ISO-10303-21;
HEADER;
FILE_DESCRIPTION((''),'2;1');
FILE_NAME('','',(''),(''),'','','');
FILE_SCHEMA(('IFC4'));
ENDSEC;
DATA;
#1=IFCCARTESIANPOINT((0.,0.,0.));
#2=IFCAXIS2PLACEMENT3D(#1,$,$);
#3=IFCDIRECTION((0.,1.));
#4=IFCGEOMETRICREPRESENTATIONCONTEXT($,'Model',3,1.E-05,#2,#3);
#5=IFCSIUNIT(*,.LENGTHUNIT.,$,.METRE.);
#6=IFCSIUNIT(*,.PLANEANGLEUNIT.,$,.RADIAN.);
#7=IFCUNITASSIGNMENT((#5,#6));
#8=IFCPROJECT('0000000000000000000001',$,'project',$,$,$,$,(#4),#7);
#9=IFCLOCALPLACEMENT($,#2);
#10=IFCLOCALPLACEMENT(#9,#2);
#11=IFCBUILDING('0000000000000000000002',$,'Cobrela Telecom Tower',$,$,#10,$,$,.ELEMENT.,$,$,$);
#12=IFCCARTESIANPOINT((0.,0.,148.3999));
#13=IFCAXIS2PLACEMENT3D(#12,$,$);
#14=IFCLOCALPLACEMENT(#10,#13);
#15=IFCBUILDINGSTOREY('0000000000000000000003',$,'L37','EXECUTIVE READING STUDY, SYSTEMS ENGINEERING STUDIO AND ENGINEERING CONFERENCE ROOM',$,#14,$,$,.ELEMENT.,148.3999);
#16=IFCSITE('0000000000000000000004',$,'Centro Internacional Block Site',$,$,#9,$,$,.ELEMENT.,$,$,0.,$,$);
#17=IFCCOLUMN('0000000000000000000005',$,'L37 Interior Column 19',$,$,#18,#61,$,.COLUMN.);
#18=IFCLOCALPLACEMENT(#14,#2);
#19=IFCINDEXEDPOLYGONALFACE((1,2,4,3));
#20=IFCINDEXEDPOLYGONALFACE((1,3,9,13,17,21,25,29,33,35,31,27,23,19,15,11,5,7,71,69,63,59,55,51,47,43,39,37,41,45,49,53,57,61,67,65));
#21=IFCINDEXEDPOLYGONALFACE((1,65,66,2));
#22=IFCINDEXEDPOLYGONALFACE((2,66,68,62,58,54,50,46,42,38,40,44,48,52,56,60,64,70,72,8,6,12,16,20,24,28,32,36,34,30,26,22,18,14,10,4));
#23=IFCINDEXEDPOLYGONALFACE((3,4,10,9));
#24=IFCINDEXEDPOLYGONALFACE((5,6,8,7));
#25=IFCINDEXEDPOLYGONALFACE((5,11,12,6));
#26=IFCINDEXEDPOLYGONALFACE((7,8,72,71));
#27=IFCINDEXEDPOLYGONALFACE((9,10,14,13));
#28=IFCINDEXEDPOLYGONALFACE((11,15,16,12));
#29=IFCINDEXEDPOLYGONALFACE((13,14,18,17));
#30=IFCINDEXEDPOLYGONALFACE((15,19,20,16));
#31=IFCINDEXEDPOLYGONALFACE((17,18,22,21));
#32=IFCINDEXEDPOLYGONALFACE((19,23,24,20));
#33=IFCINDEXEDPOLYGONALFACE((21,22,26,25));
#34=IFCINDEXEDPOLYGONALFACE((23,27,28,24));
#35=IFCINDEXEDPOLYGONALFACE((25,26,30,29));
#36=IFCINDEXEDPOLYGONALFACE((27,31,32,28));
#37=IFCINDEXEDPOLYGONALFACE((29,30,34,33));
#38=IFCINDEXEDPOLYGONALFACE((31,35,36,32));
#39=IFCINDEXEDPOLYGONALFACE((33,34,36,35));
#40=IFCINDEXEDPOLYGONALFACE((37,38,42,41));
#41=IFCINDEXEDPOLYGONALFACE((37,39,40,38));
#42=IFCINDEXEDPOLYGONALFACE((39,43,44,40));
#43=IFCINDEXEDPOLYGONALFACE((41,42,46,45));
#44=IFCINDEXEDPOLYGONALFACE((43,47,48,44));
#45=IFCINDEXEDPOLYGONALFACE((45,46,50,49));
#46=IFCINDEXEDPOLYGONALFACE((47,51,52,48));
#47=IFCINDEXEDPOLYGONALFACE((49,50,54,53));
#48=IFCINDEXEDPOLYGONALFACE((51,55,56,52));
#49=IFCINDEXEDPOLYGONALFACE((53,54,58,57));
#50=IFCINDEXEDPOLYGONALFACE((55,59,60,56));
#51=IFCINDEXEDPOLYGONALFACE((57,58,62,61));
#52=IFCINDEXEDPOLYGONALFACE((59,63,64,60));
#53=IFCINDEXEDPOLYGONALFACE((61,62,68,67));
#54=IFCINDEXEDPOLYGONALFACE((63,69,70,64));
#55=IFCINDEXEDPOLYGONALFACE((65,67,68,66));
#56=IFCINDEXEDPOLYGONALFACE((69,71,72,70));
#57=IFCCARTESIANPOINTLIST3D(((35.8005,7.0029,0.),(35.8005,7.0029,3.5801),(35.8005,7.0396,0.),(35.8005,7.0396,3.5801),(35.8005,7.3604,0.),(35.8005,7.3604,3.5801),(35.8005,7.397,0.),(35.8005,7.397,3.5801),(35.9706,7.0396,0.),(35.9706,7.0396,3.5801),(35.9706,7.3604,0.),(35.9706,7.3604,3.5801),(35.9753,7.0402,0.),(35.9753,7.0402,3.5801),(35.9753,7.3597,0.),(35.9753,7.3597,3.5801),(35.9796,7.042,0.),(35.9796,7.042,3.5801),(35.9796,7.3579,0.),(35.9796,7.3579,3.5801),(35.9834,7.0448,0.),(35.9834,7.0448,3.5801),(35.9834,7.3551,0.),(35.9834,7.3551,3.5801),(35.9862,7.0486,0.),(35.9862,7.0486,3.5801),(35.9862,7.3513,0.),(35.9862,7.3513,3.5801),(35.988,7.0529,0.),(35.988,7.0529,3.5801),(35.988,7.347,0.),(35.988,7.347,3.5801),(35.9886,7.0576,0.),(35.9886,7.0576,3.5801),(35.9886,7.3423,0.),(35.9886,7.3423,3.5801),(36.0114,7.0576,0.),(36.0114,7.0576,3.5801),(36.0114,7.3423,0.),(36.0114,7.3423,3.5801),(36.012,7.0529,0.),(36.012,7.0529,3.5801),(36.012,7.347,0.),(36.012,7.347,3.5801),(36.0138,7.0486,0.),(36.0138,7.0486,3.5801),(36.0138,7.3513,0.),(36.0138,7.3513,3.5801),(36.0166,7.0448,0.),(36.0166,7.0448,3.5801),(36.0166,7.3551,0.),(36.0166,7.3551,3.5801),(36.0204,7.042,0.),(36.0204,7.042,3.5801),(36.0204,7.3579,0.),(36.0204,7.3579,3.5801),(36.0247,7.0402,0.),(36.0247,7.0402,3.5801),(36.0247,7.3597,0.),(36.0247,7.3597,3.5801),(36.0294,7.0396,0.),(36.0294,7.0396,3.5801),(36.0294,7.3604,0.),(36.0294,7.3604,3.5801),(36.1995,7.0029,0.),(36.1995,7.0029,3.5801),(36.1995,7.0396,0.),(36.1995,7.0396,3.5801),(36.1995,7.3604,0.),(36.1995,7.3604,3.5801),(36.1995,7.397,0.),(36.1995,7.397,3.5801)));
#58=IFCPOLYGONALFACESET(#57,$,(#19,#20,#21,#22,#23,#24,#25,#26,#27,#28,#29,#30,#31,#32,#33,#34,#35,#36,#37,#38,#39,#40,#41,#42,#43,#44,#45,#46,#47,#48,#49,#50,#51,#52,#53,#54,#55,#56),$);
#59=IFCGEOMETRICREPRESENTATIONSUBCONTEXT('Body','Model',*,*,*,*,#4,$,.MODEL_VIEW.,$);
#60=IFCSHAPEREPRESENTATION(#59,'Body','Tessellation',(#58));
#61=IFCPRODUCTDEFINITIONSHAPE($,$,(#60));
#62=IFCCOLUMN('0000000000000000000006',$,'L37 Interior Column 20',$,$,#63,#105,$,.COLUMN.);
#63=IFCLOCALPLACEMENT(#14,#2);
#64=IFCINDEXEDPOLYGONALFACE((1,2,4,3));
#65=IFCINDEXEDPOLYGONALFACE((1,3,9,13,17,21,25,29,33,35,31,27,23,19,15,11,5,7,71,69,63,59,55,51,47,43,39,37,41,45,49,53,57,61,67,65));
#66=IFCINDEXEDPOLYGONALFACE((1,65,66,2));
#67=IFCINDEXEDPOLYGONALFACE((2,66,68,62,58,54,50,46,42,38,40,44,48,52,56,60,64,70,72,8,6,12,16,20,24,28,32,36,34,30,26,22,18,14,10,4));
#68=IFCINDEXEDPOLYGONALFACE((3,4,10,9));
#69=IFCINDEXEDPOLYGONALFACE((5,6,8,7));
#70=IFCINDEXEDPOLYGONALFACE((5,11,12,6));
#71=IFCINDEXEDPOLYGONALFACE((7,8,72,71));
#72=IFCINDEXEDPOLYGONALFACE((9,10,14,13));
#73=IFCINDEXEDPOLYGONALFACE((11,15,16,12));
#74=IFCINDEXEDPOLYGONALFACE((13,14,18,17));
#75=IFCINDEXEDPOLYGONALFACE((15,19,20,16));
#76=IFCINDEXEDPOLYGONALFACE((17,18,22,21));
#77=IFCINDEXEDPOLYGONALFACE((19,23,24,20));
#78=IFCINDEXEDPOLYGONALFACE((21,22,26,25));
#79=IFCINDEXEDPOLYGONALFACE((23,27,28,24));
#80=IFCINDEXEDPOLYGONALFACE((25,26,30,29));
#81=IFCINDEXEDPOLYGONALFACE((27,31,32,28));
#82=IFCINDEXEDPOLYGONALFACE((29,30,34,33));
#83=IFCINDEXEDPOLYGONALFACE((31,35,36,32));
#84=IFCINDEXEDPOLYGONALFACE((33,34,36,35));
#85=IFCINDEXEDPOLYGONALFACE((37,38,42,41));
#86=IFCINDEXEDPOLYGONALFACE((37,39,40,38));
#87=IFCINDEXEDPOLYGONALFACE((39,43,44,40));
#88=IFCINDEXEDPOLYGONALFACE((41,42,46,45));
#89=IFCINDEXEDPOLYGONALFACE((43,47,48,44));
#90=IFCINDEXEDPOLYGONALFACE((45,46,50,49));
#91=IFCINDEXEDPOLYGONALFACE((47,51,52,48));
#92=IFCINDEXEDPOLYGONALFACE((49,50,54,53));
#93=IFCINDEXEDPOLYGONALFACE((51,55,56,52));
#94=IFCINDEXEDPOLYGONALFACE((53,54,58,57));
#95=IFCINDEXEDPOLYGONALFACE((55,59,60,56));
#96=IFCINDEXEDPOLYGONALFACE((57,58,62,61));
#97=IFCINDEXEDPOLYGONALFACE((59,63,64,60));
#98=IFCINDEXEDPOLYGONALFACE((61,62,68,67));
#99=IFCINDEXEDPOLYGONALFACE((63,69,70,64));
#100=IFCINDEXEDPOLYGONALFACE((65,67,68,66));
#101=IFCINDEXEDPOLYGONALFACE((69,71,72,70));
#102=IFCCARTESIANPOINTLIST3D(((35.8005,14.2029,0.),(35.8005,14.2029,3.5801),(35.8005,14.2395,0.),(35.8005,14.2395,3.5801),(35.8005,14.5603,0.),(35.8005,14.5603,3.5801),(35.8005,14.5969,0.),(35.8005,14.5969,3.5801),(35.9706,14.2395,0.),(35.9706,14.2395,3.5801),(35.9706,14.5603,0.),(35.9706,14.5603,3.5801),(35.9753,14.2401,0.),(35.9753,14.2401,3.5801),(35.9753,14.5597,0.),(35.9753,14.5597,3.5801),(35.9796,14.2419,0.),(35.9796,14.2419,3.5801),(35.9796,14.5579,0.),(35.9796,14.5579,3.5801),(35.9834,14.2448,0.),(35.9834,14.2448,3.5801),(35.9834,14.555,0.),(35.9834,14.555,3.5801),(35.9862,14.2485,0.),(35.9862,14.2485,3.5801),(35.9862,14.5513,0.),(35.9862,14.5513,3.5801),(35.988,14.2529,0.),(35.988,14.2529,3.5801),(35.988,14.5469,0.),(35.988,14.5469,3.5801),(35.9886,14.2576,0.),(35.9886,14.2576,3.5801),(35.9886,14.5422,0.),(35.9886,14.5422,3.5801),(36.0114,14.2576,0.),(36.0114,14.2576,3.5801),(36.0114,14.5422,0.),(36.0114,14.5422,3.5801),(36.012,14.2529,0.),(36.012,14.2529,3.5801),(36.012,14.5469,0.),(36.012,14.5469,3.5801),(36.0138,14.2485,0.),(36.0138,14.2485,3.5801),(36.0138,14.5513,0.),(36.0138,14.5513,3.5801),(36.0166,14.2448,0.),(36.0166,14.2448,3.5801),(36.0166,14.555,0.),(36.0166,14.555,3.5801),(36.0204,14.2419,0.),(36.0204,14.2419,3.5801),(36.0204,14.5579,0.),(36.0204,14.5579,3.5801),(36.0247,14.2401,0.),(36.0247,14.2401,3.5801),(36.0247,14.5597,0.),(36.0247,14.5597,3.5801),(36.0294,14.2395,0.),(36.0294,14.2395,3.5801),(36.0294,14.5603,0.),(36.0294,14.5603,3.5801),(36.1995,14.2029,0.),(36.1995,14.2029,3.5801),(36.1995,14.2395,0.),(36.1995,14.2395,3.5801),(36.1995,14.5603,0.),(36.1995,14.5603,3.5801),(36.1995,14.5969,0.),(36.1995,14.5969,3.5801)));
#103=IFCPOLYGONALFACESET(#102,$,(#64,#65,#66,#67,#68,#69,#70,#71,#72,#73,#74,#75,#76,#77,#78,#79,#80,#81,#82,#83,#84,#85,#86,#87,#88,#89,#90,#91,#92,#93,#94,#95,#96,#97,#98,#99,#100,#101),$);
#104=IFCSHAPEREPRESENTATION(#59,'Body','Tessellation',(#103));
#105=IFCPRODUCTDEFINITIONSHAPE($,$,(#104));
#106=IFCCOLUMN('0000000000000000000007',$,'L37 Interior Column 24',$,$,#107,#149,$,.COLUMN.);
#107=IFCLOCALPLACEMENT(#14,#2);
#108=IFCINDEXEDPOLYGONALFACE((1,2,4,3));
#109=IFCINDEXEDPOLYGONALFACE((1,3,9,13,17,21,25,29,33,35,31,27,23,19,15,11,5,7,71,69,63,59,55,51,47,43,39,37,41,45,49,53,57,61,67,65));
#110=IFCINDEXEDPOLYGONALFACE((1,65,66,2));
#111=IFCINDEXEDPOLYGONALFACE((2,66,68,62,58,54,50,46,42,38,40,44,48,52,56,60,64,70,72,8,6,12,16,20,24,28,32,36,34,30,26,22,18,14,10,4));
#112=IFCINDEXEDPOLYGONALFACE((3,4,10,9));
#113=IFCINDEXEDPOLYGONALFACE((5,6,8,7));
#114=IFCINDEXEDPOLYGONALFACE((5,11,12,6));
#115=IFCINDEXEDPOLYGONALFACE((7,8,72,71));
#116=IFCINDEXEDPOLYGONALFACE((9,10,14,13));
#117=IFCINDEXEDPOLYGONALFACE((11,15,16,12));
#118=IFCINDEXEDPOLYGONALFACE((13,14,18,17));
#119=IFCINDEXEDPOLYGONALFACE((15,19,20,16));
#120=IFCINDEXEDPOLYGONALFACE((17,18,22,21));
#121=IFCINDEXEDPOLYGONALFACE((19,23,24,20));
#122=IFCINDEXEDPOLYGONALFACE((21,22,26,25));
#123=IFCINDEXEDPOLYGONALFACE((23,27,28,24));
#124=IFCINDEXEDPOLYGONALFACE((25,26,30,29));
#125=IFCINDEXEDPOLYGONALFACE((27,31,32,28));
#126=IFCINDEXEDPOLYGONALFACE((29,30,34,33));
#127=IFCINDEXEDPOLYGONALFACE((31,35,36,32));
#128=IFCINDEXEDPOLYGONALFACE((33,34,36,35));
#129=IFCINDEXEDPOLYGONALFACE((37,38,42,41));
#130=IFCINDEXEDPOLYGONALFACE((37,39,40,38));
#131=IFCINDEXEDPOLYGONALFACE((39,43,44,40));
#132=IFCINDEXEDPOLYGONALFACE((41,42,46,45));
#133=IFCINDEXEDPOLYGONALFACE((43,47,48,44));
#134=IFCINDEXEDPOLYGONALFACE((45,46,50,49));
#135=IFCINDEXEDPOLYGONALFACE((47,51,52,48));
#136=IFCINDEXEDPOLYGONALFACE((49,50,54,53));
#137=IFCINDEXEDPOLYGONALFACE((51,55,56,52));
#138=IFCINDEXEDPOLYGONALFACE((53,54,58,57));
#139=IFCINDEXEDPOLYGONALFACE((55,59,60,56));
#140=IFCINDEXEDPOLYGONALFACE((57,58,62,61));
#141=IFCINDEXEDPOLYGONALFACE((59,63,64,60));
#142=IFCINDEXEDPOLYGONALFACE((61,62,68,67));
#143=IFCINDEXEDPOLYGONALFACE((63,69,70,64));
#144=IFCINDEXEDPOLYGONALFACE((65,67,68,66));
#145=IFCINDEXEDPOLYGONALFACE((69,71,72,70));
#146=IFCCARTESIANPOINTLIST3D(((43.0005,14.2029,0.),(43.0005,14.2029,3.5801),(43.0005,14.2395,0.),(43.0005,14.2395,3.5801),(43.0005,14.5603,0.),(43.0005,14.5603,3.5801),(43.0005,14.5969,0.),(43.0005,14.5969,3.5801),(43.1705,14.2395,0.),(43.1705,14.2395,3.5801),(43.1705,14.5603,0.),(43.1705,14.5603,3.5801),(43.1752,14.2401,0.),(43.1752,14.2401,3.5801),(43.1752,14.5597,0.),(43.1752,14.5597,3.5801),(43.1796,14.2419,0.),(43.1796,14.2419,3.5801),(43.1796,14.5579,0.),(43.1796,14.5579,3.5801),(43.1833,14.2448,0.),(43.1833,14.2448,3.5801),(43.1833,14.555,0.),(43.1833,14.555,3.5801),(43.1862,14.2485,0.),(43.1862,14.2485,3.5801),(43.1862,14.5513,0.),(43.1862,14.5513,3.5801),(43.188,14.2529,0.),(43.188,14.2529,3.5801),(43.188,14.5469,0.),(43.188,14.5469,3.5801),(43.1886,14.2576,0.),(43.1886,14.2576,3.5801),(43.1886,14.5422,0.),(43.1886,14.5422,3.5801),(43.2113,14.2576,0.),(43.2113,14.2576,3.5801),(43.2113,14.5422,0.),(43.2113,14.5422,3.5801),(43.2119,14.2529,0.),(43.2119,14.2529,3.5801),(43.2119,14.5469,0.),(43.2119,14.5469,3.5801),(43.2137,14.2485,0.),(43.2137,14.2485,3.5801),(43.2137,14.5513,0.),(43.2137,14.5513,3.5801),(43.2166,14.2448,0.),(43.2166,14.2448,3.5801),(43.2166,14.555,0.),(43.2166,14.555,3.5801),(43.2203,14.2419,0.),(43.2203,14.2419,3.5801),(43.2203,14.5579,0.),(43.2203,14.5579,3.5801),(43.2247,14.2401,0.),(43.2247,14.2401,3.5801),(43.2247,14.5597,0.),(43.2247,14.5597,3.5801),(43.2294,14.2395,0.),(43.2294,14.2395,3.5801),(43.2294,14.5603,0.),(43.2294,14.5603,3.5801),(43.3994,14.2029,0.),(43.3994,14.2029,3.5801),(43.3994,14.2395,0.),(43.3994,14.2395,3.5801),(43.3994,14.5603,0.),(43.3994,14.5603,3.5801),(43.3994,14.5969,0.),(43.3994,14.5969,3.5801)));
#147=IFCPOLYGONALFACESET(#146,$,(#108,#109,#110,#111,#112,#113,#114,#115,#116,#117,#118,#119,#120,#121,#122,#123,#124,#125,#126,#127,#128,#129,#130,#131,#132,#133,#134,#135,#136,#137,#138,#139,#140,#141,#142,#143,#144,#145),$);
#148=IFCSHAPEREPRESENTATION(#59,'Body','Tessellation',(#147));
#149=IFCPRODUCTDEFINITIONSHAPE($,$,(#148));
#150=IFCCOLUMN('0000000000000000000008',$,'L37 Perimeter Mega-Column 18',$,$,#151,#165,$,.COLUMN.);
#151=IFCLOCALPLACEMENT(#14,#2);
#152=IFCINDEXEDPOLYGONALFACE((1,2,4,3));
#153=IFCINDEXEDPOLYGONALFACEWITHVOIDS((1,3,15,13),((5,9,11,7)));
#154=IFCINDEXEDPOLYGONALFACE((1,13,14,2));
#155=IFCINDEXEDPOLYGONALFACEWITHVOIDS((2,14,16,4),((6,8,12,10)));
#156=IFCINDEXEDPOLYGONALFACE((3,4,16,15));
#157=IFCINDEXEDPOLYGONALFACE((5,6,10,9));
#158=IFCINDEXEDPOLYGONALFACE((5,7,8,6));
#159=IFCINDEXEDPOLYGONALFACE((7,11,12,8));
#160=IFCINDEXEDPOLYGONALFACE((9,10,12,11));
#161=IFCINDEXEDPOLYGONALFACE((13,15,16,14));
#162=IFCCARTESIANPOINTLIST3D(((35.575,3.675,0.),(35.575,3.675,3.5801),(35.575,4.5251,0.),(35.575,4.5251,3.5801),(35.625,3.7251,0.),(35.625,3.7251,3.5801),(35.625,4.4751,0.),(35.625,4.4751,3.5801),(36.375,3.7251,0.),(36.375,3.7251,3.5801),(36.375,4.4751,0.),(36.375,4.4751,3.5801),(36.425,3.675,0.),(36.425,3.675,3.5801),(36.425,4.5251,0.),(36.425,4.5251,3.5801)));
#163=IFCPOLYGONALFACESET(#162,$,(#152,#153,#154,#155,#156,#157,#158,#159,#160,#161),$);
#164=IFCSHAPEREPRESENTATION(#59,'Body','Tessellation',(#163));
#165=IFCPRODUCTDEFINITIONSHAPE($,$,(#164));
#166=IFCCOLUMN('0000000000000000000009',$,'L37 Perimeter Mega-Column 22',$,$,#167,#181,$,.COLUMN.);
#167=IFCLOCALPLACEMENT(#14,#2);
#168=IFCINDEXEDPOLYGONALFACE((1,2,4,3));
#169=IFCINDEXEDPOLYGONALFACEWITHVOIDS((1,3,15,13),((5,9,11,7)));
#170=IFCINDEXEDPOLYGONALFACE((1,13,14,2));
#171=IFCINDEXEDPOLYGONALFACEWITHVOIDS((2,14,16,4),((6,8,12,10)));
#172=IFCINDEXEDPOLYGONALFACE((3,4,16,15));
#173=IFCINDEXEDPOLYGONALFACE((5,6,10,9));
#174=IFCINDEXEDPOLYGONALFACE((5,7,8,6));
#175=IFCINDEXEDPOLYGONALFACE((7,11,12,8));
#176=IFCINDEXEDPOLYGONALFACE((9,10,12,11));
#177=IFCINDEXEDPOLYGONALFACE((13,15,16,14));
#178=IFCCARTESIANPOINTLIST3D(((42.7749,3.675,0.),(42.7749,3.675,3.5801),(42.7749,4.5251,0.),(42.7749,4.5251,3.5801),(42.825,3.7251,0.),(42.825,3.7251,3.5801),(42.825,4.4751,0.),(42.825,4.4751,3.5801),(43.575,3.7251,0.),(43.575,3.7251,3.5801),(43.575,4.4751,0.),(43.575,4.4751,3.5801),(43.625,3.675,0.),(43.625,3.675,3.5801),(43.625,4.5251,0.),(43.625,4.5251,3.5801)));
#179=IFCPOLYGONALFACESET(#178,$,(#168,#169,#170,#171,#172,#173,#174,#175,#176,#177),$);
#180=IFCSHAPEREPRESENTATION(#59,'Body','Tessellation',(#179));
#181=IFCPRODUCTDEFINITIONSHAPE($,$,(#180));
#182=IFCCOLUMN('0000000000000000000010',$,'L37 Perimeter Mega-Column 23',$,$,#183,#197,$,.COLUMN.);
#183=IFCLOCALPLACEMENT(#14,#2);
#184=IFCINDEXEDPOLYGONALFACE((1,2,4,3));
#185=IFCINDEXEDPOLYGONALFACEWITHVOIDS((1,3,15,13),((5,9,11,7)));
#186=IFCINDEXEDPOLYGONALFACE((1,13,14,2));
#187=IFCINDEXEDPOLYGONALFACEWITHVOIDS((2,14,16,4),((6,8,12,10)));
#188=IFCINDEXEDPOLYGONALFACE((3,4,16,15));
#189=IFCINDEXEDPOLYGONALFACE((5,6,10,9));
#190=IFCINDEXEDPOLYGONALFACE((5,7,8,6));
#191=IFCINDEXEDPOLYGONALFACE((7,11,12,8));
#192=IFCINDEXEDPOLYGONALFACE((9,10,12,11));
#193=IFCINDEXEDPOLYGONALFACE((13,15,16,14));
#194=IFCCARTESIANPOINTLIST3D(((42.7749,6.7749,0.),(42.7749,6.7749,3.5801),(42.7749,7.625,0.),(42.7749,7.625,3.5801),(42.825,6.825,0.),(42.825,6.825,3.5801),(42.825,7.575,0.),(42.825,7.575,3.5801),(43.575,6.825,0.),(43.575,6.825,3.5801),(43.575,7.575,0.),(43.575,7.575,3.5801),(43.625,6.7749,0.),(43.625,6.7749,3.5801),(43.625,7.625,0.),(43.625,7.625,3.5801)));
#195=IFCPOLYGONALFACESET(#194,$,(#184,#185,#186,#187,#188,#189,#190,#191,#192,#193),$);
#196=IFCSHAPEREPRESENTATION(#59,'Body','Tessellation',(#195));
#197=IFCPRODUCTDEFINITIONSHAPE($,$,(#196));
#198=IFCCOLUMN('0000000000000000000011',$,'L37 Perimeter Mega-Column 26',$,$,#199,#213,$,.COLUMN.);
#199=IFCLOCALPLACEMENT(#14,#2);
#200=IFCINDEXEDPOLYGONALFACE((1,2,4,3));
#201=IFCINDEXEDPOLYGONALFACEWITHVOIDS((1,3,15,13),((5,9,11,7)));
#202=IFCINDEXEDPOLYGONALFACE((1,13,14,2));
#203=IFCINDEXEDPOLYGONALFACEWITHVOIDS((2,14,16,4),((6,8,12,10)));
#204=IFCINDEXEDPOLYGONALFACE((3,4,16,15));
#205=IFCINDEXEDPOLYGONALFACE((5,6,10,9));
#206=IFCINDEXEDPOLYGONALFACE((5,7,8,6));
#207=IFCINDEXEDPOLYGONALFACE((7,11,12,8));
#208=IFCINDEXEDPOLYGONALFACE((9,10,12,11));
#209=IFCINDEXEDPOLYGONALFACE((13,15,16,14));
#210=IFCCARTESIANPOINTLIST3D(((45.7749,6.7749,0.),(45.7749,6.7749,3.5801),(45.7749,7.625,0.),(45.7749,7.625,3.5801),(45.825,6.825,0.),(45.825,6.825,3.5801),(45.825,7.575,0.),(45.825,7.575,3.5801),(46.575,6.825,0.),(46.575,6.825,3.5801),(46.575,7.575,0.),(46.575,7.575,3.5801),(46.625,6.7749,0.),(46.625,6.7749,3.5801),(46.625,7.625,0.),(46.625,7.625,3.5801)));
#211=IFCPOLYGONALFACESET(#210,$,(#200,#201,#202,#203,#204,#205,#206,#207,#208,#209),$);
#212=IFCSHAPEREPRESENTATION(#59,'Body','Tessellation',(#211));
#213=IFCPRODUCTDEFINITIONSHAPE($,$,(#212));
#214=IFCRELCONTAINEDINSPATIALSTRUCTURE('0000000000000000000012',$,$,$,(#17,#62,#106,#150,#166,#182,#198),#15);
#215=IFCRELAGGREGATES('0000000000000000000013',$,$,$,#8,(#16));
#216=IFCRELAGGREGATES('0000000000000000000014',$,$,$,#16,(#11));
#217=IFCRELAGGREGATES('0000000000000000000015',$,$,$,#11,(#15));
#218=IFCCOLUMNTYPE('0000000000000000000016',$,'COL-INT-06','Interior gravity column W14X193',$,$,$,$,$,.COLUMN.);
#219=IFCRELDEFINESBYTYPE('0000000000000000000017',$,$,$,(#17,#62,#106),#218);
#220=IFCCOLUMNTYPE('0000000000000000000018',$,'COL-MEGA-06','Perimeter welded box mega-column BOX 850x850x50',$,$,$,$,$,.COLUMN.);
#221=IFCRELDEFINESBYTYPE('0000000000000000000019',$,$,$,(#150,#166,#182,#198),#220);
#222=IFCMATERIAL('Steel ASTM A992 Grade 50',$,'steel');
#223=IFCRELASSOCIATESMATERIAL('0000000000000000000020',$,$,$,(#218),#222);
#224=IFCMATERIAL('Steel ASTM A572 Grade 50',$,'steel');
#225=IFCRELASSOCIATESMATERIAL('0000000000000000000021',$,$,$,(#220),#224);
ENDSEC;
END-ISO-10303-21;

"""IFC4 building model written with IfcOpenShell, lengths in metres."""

from ifc_helpers import new_model, si_unit, direction, frame, origin, origin_2d, place, context, subcontext, project, spatial, hollow_rectangle, i_section, extrude, material, material_profile, profile_set, type_object, element, save


model = new_model("IFC4")

# Units and contexts
model_context = context("Model", 3, precision=1e-05, world=origin(), true_north=direction((0.0, 1.0)))
body_context = subcontext(model_context, "Body", "Model", "MODEL_VIEW")
ifc_project = project(units=[si_unit("LENGTHUNIT", "METRE"), si_unit("PLANEANGLEUNIT", "RADIAN")], contexts=[model_context])

# Site, building, storey
site_placement = place(None, origin())
site = spatial("IfcSite", under=ifc_project, at=site_placement, Name="Centro Internacional Block Site", CompositionType="ELEMENT", RefElevation=0.0)
building_placement = place(site_placement, origin())
building = spatial("IfcBuilding", under=site, at=building_placement, Name="Cobrela Telecom Tower", CompositionType="ELEMENT")
storey_placement = place(building_placement, frame((0.0, 0.0, 148.3999)))
storey = spatial("IfcBuildingStorey", under=building, at=storey_placement, Name="L37", Description="EXECUTIVE READING STUDY, SYSTEMS ENGINEERING STUDIO AND ENGINEERING CONFERENCE ROOM", CompositionType="ELEMENT", Elevation=148.3999)

# Columns
ifc_material_1 = material(Name="Steel ASTM A992 Grade 50", Category="steel")
ifc_material_profile_1 = material_profile(ifc_material_1, i_section(OverallWidth=0.3989, OverallDepth=0.394, WebThickness=0.0227, FlangeThickness=0.0366, FilletRadius=0.0181, at=origin_2d()), Name="W14X193")
ifc_profile_set_1 = profile_set([ifc_material_profile_1], Name="Steel ASTM A992 Grade 50")
column_type_1 = type_object("IfcColumnType", Name="COL-INT-06", Description="Interior gravity column W14X193", PredefinedType="COLUMN", material=ifc_profile_set_1)
for number, where, z_axis, x_axis, name in (
    (1, (36.0, 7.2, 0.0), (0.0, 0.0, 1.0), (1.0, 0.0, 0.0), "L37 Interior Column 19"),
    (2, (36.0, 14.3999, 0.0), (0.0, 0.0, 1.0), (1.0, 0.0, 0.0), "L37 Interior Column 20"),
    (3, (43.2, 14.3999, 0.0), (0.0, 0.0, 1.0), (1.0, 0.0, 0.0), "L37 Interior Column 24"),
):
    element("IfcColumn", number, at=place(storey_placement, frame(where, z_axis=z_axis, x_axis=x_axis)), inside=storey, type_object=column_type_1, Name=name, PredefinedType="COLUMN", context=body_context, shape_type="SweptSolid", body=[
        extrude(i_section(OverallWidth=0.3989, OverallDepth=0.394, WebThickness=0.0227, FlangeThickness=0.0366, FilletRadius=0.0181, at=origin_2d()), origin(), (0.0, 0.0, 1.0), 3.5801),
    ])
ifc_material_2 = material(Name="Steel ASTM A572 Grade 50", Category="steel")
ifc_material_profile_2 = material_profile(ifc_material_2, hollow_rectangle(XDim=0.8501, YDim=0.8501, WallThickness=0.05, at=origin_2d()), Name="BOX 850x850x50")
ifc_profile_set_2 = profile_set([ifc_material_profile_2], Name="Steel ASTM A572 Grade 50")
column_type_2 = type_object("IfcColumnType", Name="COL-MEGA-06", Description="Perimeter welded box mega-column BOX 850x850x50", PredefinedType="COLUMN", material=ifc_profile_set_2)
for number, where, z_axis, x_axis, name in (
    (4, (36.0, 4.1001, 0.0), (0.0, 0.0, 1.0), (1.0, 0.0, 0.0), "L37 Perimeter Mega-Column 18"),
    (5, (43.2, 4.1001, 0.0), (0.0, 0.0, 1.0), (1.0, 0.0, 0.0), "L37 Perimeter Mega-Column 22"),
    (6, (43.2, 7.2, 0.0), (0.0, 0.0, 1.0), (1.0, 0.0, 0.0), "L37 Perimeter Mega-Column 23"),
    (7, (46.2, 7.2, 0.0), (0.0, 0.0, 1.0), (1.0, 0.0, 0.0), "L37 Perimeter Mega-Column 26"),
):
    element("IfcColumn", number, at=place(storey_placement, frame(where, z_axis=z_axis, x_axis=x_axis)), inside=storey, type_object=column_type_2, Name=name, PredefinedType="COLUMN", context=body_context, shape_type="SweptSolid", body=[
        extrude(hollow_rectangle(XDim=0.8501, YDim=0.8501, WallThickness=0.05, at=origin_2d()), origin(), (0.0, 0.0, 1.0), 3.5801),
    ])

save(model, "model.ifc")
